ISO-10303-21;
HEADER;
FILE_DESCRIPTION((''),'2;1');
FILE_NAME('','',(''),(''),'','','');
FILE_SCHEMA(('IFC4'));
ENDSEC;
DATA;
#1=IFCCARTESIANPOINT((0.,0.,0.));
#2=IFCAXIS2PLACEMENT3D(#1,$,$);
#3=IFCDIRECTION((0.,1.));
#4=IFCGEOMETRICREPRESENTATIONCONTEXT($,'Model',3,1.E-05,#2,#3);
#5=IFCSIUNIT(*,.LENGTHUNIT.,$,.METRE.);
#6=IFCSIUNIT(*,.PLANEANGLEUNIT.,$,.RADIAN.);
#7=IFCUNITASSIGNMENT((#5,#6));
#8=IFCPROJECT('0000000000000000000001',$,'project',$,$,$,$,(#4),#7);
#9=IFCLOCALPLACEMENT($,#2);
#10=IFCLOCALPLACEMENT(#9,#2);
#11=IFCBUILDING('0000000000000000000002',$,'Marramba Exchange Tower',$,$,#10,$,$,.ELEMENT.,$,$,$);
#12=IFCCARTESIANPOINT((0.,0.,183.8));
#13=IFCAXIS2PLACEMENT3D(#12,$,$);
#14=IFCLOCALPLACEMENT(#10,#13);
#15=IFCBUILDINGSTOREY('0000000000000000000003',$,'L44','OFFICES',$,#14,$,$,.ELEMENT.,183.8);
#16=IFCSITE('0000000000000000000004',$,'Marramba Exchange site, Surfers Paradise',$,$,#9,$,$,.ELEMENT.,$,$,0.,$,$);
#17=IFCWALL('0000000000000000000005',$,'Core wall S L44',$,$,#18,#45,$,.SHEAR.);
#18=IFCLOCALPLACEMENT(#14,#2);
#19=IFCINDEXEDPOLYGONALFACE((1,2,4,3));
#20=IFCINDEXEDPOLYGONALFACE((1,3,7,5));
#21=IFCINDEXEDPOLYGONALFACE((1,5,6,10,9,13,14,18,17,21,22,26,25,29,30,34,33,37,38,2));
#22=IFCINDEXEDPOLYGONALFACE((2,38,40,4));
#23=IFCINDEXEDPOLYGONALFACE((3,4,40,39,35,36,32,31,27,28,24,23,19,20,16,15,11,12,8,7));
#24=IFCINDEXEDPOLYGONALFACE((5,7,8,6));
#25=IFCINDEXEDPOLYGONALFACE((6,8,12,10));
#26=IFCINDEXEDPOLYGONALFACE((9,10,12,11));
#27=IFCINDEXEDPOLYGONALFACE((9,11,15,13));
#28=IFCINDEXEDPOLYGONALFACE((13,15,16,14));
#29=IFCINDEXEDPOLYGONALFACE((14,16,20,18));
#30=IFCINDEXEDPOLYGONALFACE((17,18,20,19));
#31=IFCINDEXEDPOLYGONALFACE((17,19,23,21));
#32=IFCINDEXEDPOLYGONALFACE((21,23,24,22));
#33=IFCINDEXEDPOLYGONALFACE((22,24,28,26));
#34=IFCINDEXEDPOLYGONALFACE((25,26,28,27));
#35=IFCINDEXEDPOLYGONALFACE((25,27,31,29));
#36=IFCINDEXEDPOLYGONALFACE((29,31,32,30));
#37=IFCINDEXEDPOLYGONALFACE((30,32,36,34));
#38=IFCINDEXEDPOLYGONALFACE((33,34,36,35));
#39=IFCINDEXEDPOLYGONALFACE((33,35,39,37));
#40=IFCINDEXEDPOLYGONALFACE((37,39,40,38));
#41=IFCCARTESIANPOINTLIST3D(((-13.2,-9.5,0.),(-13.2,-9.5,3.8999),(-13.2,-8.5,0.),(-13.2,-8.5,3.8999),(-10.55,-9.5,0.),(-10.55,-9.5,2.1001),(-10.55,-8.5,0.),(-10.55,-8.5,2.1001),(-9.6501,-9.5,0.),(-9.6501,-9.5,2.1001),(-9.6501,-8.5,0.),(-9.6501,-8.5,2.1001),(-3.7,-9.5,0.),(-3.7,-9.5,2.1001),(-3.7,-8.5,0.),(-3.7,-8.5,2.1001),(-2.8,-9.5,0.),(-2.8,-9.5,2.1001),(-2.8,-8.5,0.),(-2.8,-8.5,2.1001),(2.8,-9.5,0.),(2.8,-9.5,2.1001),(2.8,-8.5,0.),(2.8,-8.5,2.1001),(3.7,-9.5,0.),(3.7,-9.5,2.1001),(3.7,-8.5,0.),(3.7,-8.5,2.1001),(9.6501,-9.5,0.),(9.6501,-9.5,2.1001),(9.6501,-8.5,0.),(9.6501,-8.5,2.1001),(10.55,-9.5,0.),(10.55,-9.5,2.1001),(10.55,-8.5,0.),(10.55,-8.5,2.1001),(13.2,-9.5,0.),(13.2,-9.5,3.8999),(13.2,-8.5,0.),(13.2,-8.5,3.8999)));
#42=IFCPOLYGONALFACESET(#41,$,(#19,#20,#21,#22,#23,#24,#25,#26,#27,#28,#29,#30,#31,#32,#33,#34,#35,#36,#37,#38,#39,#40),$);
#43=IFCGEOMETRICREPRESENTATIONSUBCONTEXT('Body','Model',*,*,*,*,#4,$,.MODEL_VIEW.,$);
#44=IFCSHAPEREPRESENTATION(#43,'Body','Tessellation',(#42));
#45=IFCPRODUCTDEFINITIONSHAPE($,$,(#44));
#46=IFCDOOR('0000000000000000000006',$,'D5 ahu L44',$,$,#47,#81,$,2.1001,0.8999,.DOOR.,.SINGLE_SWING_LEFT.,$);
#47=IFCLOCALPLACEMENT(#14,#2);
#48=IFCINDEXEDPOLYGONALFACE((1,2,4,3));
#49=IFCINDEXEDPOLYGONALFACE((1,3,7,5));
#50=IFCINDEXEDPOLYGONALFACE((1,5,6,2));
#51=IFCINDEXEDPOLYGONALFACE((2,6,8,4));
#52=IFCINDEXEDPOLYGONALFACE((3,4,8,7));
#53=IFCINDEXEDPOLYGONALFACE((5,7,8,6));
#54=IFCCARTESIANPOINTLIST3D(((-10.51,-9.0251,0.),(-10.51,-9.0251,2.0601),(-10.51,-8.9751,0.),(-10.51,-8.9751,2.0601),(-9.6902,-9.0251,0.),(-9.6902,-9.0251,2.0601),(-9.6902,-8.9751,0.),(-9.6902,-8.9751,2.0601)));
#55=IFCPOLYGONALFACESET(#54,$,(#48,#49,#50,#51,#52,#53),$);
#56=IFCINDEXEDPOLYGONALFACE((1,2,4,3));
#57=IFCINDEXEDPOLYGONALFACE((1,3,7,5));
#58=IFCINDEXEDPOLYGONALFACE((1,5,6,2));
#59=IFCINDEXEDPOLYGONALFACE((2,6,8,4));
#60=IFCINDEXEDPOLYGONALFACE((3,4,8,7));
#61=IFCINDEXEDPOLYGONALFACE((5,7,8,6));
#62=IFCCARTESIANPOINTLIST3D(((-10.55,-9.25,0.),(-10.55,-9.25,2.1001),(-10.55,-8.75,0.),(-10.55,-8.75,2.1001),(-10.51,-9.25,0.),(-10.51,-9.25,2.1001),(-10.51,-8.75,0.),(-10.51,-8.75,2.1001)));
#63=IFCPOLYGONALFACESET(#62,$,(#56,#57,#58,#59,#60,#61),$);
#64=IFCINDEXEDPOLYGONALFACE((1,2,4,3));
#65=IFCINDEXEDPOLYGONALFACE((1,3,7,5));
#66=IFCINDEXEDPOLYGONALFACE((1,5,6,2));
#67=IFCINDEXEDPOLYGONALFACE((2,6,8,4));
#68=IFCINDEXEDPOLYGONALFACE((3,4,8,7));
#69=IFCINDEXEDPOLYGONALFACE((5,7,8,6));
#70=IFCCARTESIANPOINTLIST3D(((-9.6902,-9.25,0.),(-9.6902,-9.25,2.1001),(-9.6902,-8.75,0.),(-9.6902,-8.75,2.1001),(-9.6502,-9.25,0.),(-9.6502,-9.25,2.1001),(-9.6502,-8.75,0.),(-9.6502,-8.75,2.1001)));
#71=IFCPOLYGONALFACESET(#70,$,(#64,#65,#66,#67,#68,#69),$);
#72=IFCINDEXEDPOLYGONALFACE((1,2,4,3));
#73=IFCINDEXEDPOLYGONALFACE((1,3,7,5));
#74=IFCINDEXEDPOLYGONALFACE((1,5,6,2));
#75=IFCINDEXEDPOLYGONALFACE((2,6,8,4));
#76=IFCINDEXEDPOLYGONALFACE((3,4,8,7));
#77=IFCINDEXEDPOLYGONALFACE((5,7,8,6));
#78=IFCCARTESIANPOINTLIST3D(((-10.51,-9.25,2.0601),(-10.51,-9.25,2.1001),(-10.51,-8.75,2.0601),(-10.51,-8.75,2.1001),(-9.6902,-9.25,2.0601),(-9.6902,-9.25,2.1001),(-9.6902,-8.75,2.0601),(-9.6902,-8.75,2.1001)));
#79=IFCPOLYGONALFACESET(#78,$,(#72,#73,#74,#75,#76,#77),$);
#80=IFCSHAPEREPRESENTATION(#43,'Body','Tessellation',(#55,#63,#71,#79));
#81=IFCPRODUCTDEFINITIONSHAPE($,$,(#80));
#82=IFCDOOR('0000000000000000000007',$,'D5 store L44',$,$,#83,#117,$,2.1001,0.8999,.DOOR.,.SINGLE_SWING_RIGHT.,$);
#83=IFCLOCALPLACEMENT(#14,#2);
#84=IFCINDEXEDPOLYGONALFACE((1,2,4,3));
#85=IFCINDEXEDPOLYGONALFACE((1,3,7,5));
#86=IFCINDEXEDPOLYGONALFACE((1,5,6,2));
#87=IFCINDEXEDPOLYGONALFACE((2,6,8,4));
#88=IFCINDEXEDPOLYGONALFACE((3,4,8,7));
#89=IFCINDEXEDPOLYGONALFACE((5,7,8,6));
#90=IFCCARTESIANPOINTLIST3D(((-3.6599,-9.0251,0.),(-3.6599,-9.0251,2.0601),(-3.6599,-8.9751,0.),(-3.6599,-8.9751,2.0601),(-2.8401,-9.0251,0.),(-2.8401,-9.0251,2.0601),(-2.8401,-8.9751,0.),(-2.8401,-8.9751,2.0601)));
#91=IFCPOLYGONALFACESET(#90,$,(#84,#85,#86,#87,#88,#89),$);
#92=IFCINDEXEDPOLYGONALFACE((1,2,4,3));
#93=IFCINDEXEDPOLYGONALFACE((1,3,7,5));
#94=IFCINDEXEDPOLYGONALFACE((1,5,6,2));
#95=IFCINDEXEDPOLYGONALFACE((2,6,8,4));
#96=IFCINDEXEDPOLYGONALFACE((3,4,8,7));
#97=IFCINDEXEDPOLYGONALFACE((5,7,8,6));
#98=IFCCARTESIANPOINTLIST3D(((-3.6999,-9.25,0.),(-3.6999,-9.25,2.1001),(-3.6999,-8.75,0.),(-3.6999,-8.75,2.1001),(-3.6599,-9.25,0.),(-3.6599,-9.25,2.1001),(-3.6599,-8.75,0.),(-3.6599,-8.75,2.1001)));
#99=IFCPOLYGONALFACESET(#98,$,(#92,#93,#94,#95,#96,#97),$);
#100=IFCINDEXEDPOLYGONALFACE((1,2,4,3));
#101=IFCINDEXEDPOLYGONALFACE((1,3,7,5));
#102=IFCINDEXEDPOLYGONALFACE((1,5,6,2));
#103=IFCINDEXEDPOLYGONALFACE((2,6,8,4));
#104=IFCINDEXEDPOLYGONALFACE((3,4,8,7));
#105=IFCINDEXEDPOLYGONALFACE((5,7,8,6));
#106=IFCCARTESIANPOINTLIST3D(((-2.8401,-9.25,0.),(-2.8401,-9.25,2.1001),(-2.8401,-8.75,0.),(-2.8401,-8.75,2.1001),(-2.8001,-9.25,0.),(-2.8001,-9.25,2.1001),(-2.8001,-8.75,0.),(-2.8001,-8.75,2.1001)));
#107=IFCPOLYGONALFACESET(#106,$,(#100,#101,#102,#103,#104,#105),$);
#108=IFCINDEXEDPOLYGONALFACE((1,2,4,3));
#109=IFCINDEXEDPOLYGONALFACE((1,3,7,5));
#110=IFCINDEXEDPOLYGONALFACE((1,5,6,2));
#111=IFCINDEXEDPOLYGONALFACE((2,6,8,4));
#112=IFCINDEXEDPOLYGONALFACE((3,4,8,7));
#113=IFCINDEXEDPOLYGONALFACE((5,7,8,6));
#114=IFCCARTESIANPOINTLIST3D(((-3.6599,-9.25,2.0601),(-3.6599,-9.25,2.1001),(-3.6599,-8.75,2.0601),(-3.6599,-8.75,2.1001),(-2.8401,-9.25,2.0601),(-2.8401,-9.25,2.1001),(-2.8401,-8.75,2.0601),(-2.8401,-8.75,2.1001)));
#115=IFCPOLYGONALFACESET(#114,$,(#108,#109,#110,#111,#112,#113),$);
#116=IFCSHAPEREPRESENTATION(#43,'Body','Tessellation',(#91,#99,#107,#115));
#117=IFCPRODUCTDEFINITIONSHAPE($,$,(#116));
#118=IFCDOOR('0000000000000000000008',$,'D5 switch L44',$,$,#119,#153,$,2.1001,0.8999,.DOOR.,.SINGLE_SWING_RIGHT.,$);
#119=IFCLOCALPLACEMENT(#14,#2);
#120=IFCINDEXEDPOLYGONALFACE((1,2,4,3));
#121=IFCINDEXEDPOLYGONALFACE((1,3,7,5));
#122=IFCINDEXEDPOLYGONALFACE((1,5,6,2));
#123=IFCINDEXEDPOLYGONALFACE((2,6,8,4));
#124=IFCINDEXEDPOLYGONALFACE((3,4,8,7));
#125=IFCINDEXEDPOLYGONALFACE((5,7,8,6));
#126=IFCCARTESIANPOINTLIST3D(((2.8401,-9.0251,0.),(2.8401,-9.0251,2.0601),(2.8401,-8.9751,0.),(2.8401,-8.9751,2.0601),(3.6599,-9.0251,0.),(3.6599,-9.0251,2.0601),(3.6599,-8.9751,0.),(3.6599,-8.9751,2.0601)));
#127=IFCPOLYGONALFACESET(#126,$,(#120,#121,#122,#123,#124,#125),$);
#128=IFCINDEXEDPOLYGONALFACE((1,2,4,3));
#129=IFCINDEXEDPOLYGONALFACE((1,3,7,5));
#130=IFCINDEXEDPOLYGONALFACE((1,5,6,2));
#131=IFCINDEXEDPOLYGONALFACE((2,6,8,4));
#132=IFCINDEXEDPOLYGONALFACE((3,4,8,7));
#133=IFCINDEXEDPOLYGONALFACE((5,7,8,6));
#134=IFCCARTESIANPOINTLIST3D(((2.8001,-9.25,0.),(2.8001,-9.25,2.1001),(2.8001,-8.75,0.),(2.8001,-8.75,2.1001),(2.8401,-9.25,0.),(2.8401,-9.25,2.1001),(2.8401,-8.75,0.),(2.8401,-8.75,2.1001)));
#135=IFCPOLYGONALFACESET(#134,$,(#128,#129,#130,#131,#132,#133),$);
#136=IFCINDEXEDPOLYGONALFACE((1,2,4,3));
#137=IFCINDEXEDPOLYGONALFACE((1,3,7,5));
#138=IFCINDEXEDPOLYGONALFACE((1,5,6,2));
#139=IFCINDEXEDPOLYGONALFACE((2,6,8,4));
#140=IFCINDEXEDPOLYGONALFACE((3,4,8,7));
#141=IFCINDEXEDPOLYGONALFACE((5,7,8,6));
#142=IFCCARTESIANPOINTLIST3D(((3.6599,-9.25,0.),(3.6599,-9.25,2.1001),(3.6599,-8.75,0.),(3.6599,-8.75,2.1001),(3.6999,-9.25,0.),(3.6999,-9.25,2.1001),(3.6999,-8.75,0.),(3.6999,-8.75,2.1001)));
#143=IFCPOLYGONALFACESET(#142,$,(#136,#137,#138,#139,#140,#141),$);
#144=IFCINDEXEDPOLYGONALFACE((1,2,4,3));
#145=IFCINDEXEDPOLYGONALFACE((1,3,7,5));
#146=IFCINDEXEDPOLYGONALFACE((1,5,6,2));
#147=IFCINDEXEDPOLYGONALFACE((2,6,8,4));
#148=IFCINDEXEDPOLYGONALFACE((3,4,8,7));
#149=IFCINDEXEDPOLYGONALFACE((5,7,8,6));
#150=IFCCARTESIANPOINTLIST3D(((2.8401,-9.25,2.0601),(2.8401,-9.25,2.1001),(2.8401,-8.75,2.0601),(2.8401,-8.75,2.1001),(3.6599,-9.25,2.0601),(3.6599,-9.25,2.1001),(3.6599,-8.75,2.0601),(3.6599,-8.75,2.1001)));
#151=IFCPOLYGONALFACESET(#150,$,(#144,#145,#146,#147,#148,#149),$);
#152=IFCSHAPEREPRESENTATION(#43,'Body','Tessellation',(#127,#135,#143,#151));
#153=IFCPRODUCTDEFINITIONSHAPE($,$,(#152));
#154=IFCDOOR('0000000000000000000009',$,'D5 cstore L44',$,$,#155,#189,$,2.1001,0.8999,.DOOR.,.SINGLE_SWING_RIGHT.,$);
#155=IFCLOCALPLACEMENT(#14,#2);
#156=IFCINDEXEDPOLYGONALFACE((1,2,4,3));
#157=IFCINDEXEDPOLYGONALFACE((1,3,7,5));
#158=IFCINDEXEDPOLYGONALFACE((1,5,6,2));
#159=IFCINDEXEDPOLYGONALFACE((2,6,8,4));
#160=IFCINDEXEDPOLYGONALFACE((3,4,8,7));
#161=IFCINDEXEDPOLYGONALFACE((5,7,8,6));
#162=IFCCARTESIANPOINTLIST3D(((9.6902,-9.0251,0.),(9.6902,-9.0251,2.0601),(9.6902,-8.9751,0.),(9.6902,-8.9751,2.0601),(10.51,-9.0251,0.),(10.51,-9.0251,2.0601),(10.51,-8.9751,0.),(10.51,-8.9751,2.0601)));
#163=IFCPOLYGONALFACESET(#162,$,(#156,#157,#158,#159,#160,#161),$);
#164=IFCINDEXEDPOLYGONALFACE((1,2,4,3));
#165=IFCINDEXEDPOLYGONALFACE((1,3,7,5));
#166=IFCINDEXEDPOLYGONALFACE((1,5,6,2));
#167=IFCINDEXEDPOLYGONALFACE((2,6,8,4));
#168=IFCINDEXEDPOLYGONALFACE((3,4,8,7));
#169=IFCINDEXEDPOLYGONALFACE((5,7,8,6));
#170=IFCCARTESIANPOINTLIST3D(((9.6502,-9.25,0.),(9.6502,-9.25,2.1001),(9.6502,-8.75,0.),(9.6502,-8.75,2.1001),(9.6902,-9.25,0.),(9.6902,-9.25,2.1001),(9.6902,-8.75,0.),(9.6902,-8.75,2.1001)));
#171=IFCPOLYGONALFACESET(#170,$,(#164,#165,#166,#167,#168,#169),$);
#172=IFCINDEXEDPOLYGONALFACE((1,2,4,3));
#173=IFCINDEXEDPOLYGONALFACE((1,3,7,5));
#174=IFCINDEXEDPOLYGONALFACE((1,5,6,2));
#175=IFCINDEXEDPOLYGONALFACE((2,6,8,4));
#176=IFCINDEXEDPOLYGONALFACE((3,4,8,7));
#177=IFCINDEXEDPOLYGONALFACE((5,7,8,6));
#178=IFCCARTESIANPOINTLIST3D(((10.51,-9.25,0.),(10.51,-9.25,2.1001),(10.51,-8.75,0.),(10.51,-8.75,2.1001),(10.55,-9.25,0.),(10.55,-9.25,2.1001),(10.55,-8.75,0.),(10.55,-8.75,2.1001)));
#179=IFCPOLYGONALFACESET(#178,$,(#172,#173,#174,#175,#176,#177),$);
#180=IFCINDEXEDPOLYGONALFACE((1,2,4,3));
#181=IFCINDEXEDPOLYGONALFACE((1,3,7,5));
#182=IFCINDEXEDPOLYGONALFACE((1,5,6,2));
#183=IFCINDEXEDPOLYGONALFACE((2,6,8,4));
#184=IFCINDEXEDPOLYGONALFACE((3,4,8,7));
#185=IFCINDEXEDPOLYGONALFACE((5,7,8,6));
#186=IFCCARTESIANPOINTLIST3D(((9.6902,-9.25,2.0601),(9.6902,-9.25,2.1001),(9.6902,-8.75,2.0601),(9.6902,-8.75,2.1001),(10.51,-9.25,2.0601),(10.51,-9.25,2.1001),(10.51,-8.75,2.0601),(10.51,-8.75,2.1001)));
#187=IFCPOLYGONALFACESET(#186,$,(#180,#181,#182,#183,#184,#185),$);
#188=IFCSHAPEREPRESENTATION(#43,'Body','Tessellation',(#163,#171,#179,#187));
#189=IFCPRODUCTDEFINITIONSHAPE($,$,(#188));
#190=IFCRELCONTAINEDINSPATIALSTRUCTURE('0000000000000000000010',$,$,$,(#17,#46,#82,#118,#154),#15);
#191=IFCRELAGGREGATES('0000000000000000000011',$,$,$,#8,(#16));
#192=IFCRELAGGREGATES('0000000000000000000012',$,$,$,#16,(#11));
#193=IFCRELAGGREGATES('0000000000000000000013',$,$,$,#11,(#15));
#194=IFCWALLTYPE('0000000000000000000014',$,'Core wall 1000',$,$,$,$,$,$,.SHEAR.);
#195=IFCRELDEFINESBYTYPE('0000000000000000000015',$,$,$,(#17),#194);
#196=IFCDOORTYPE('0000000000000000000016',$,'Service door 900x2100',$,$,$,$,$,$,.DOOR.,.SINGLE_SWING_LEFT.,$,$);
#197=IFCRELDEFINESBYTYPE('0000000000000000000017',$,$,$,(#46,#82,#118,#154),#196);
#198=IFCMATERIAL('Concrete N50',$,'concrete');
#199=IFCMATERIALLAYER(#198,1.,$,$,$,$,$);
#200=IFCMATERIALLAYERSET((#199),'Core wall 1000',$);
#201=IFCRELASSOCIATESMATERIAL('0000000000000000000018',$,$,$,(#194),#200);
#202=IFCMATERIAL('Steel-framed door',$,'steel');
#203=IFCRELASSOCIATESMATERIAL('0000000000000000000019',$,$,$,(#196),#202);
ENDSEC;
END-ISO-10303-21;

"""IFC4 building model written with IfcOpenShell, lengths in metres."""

from ifc_helpers import new_model, si_unit, direction, frame, frame_2d, origin, place, context, subcontext, project, spatial, rectangle, extrude, material, layer, layer_set, type_object, element, fill, save


model = new_model("IFC4")

# Units and contexts
model_context = context("Model", 3, precision=1e-05, world=origin(), true_north=direction((0.0, 1.0)))
body_context = subcontext(model_context, "Body", "Model", "MODEL_VIEW")
ifc_project = project(units=[si_unit("LENGTHUNIT", "METRE"), si_unit("PLANEANGLEUNIT", "RADIAN")], contexts=[model_context])

# Site, building, storey
site_placement = place(None, origin())
site = spatial("IfcSite", under=ifc_project, at=site_placement, Name="Marramba Exchange site, Surfers Paradise", CompositionType="ELEMENT", RefElevation=0.0)
building_placement = place(site_placement, origin())
building = spatial("IfcBuilding", under=site, at=building_placement, Name="Marramba Exchange Tower", CompositionType="ELEMENT")
storey_placement = place(building_placement, frame((0.0, 0.0, 183.8)))
storey = spatial("IfcBuildingStorey", under=building, at=storey_placement, Name="L44", Description="OFFICES", CompositionType="ELEMENT", Elevation=183.8)

# Shared definitions
ifc_material_1 = material(Name="Concrete N50", Category="concrete")

# Wall, openings, doors
ifc_layer_1 = layer(ifc_material_1, 1.0)
ifc_layer_set_1 = layer_set([ifc_layer_1], Name="Core wall 1000")
wall_type_1 = type_object("IfcWallType", Name="Core wall 1000", PredefinedType="SHEAR", material=ifc_layer_set_1)
wall_1_placement = place(storey_placement, frame((-13.2, -9.0, 0.0), z_axis=(0.0, 0.0, 1.0), x_axis=(1.0, 0.0, 0.0)))
wall_1 = element("IfcWall", 1, at=wall_1_placement, inside=storey, type_object=wall_type_1, Name="Core wall S L44", PredefinedType="SHEAR", context=body_context, shape_type="SweptSolid", body=[
    extrude(rectangle(XDim=26.3999, YDim=1.0, at=frame_2d((13.2, 0.0))), origin(), (0.0, 0.0, 1.0), 3.8999),
])
opening_1_placement = place(wall_1_placement, frame((2.6499, 0.0, 0.0)))
opening_1 = element("IfcOpeningElement", 2, at=opening_1_placement, cuts=wall_1, PredefinedType="OPENING", context=body_context, shape_type="SweptSolid", body=[
    extrude(rectangle(XDim=0.8999, YDim=2.1001, at=frame_2d((0.45, 1.05))), frame((0.0, 0.51, 0.0), z_axis=(0.0, -1.0, 0.0), x_axis=(1.0, 0.0, 0.0)), (0.0, 0.0, 1.0), 1.02),
])
opening_2_placement = place(wall_1_placement, frame((9.5, 0.0, 0.0)))
opening_2 = element("IfcOpeningElement", 3, at=opening_2_placement, cuts=wall_1, PredefinedType="OPENING", context=body_context, shape_type="SweptSolid", body=[
    extrude(rectangle(XDim=0.8999, YDim=2.1001, at=frame_2d((0.45, 1.05))), frame((0.0, 0.51, 0.0), z_axis=(0.0, -1.0, 0.0), x_axis=(1.0, 0.0, 0.0)), (0.0, 0.0, 1.0), 1.02),
])
opening_3_placement = place(wall_1_placement, frame((16.0, 0.0, 0.0)))
opening_3 = element("IfcOpeningElement", 4, at=opening_3_placement, cuts=wall_1, PredefinedType="OPENING", context=body_context, shape_type="SweptSolid", body=[
    extrude(rectangle(XDim=0.8999, YDim=2.1001, at=frame_2d((0.45, 1.05))), frame((0.0, 0.51, 0.0), z_axis=(0.0, -1.0, 0.0), x_axis=(1.0, 0.0, 0.0)), (0.0, 0.0, 1.0), 1.02),
])
opening_4_placement = place(wall_1_placement, frame((22.8501, 0.0, 0.0)))
opening_4 = element("IfcOpeningElement", 5, at=opening_4_placement, cuts=wall_1, PredefinedType="OPENING", context=body_context, shape_type="SweptSolid", body=[
    extrude(rectangle(XDim=0.8999, YDim=2.1001, at=frame_2d((0.45, 1.05))), frame((0.0, 0.51, 0.0), z_axis=(0.0, -1.0, 0.0), x_axis=(1.0, 0.0, 0.0)), (0.0, 0.0, 1.0), 1.02),
])
ifc_material_2 = material(Name="Steel-framed door", Category="steel")
door_type_1 = type_object("IfcDoorType", Name="Service door 900x2100", OperationType="SINGLE_SWING_LEFT", PredefinedType="DOOR", material=ifc_material_2)
door_1_placement = place(opening_1_placement, origin())
door_1 = element("IfcDoor", 6, at=door_1_placement, inside=storey, type_object=door_type_1, Name="D5 ahu L44", OperationType="SINGLE_SWING_LEFT", OverallHeight=2.1001, OverallWidth=0.8999, PredefinedType="DOOR", context=body_context, shape_type="SweptSolid", body=[
    extrude(rectangle(XDim=0.8198, YDim=2.0601, at=frame_2d((0.45, 1.03))), frame((0.0, 0.0249, 0.0), z_axis=(0.0, -1.0, 0.0), x_axis=(1.0, 0.0, 0.0)), (0.0, 0.0, 1.0), 0.05),
    extrude(rectangle(XDim=0.04, YDim=2.1001, at=frame_2d((0.02, 1.05))), frame((0.0, 0.25, 0.0), z_axis=(0.0, -1.0, 0.0), x_axis=(1.0, 0.0, 0.0)), (0.0, 0.0, 1.0), 0.5),
    extrude(rectangle(XDim=0.04, YDim=2.1001, at=frame_2d((0.8799, 1.05))), frame((0.0, 0.25, 0.0), z_axis=(0.0, -1.0, 0.0), x_axis=(1.0, 0.0, 0.0)), (0.0, 0.0, 1.0), 0.5),
    extrude(rectangle(XDim=0.8198, YDim=0.04, at=frame_2d((0.45, 2.0801))), frame((0.0, 0.25, 0.0), z_axis=(0.0, -1.0, 0.0), x_axis=(1.0, 0.0, 0.0)), (0.0, 0.0, 1.0), 0.5),
])
fill(opening_1, door_1)
door_2_placement = place(opening_2_placement, origin())
door_2 = element("IfcDoor", 7, at=door_2_placement, inside=storey, type_object=door_type_1, Name="D5 store L44", OperationType="SINGLE_SWING_RIGHT", OverallHeight=2.1001, OverallWidth=0.8999, PredefinedType="DOOR", context=body_context, shape_type="SweptSolid", body=[
    extrude(rectangle(XDim=0.8198, YDim=2.0601, at=frame_2d((0.45, 1.03))), frame((0.0, 0.0249, 0.0), z_axis=(0.0, -1.0, 0.0), x_axis=(1.0, 0.0, 0.0)), (0.0, 0.0, 1.0), 0.05),
    extrude(rectangle(XDim=0.04, YDim=2.1001, at=frame_2d((0.02, 1.05))), frame((0.0, 0.25, 0.0), z_axis=(0.0, -1.0, 0.0), x_axis=(1.0, 0.0, 0.0)), (0.0, 0.0, 1.0), 0.5),
    extrude(rectangle(XDim=0.04, YDim=2.1001, at=frame_2d((0.8799, 1.05))), frame((0.0, 0.25, 0.0), z_axis=(0.0, -1.0, 0.0), x_axis=(1.0, 0.0, 0.0)), (0.0, 0.0, 1.0), 0.5),
    extrude(rectangle(XDim=0.8198, YDim=0.04, at=frame_2d((0.45, 2.0801))), frame((0.0, 0.25, 0.0), z_axis=(0.0, -1.0, 0.0), x_axis=(1.0, 0.0, 0.0)), (0.0, 0.0, 1.0), 0.5),
])
fill(opening_2, door_2)
door_3_placement = place(opening_3_placement, origin())
door_3 = element("IfcDoor", 8, at=door_3_placement, inside=storey, type_object=door_type_1, Name="D5 switch L44", OperationType="SINGLE_SWING_RIGHT", OverallHeight=2.1001, OverallWidth=0.8999, PredefinedType="DOOR", context=body_context, shape_type="SweptSolid", body=[
    extrude(rectangle(XDim=0.8198, YDim=2.0601, at=frame_2d((0.45, 1.03))), frame((0.0, 0.0249, 0.0), z_axis=(0.0, -1.0, 0.0), x_axis=(1.0, 0.0, 0.0)), (0.0, 0.0, 1.0), 0.05),
    extrude(rectangle(XDim=0.04, YDim=2.1001, at=frame_2d((0.02, 1.05))), frame((0.0, 0.25, 0.0), z_axis=(0.0, -1.0, 0.0), x_axis=(1.0, 0.0, 0.0)), (0.0, 0.0, 1.0), 0.5),
    extrude(rectangle(XDim=0.04, YDim=2.1001, at=frame_2d((0.8799, 1.05))), frame((0.0, 0.25, 0.0), z_axis=(0.0, -1.0, 0.0), x_axis=(1.0, 0.0, 0.0)), (0.0, 0.0, 1.0), 0.5),
    extrude(rectangle(XDim=0.8198, YDim=0.04, at=frame_2d((0.45, 2.0801))), frame((0.0, 0.25, 0.0), z_axis=(0.0, -1.0, 0.0), x_axis=(1.0, 0.0, 0.0)), (0.0, 0.0, 1.0), 0.5),
])
fill(opening_3, door_3)
door_4_placement = place(opening_4_placement, origin())
door_4 = element("IfcDoor", 9, at=door_4_placement, inside=storey, type_object=door_type_1, Name="D5 cstore L44", OperationType="SINGLE_SWING_RIGHT", OverallHeight=2.1001, OverallWidth=0.8999, PredefinedType="DOOR", context=body_context, shape_type="SweptSolid", body=[
    extrude(rectangle(XDim=0.8198, YDim=2.0601, at=frame_2d((0.45, 1.03))), frame((0.0, 0.0249, 0.0), z_axis=(0.0, -1.0, 0.0), x_axis=(1.0, 0.0, 0.0)), (0.0, 0.0, 1.0), 0.05),
    extrude(rectangle(XDim=0.04, YDim=2.1001, at=frame_2d((0.02, 1.05))), frame((0.0, 0.25, 0.0), z_axis=(0.0, -1.0, 0.0), x_axis=(1.0, 0.0, 0.0)), (0.0, 0.0, 1.0), 0.5),
    extrude(rectangle(XDim=0.04, YDim=2.1001, at=frame_2d((0.8799, 1.05))), frame((0.0, 0.25, 0.0), z_axis=(0.0, -1.0, 0.0), x_axis=(1.0, 0.0, 0.0)), (0.0, 0.0, 1.0), 0.5),
    extrude(rectangle(XDim=0.8198, YDim=0.04, at=frame_2d((0.45, 2.0801))), frame((0.0, 0.25, 0.0), z_axis=(0.0, -1.0, 0.0), x_axis=(1.0, 0.0, 0.0)), (0.0, 0.0, 1.0), 0.5),
])
fill(opening_4, door_4)

save(model, "model.ifc")
